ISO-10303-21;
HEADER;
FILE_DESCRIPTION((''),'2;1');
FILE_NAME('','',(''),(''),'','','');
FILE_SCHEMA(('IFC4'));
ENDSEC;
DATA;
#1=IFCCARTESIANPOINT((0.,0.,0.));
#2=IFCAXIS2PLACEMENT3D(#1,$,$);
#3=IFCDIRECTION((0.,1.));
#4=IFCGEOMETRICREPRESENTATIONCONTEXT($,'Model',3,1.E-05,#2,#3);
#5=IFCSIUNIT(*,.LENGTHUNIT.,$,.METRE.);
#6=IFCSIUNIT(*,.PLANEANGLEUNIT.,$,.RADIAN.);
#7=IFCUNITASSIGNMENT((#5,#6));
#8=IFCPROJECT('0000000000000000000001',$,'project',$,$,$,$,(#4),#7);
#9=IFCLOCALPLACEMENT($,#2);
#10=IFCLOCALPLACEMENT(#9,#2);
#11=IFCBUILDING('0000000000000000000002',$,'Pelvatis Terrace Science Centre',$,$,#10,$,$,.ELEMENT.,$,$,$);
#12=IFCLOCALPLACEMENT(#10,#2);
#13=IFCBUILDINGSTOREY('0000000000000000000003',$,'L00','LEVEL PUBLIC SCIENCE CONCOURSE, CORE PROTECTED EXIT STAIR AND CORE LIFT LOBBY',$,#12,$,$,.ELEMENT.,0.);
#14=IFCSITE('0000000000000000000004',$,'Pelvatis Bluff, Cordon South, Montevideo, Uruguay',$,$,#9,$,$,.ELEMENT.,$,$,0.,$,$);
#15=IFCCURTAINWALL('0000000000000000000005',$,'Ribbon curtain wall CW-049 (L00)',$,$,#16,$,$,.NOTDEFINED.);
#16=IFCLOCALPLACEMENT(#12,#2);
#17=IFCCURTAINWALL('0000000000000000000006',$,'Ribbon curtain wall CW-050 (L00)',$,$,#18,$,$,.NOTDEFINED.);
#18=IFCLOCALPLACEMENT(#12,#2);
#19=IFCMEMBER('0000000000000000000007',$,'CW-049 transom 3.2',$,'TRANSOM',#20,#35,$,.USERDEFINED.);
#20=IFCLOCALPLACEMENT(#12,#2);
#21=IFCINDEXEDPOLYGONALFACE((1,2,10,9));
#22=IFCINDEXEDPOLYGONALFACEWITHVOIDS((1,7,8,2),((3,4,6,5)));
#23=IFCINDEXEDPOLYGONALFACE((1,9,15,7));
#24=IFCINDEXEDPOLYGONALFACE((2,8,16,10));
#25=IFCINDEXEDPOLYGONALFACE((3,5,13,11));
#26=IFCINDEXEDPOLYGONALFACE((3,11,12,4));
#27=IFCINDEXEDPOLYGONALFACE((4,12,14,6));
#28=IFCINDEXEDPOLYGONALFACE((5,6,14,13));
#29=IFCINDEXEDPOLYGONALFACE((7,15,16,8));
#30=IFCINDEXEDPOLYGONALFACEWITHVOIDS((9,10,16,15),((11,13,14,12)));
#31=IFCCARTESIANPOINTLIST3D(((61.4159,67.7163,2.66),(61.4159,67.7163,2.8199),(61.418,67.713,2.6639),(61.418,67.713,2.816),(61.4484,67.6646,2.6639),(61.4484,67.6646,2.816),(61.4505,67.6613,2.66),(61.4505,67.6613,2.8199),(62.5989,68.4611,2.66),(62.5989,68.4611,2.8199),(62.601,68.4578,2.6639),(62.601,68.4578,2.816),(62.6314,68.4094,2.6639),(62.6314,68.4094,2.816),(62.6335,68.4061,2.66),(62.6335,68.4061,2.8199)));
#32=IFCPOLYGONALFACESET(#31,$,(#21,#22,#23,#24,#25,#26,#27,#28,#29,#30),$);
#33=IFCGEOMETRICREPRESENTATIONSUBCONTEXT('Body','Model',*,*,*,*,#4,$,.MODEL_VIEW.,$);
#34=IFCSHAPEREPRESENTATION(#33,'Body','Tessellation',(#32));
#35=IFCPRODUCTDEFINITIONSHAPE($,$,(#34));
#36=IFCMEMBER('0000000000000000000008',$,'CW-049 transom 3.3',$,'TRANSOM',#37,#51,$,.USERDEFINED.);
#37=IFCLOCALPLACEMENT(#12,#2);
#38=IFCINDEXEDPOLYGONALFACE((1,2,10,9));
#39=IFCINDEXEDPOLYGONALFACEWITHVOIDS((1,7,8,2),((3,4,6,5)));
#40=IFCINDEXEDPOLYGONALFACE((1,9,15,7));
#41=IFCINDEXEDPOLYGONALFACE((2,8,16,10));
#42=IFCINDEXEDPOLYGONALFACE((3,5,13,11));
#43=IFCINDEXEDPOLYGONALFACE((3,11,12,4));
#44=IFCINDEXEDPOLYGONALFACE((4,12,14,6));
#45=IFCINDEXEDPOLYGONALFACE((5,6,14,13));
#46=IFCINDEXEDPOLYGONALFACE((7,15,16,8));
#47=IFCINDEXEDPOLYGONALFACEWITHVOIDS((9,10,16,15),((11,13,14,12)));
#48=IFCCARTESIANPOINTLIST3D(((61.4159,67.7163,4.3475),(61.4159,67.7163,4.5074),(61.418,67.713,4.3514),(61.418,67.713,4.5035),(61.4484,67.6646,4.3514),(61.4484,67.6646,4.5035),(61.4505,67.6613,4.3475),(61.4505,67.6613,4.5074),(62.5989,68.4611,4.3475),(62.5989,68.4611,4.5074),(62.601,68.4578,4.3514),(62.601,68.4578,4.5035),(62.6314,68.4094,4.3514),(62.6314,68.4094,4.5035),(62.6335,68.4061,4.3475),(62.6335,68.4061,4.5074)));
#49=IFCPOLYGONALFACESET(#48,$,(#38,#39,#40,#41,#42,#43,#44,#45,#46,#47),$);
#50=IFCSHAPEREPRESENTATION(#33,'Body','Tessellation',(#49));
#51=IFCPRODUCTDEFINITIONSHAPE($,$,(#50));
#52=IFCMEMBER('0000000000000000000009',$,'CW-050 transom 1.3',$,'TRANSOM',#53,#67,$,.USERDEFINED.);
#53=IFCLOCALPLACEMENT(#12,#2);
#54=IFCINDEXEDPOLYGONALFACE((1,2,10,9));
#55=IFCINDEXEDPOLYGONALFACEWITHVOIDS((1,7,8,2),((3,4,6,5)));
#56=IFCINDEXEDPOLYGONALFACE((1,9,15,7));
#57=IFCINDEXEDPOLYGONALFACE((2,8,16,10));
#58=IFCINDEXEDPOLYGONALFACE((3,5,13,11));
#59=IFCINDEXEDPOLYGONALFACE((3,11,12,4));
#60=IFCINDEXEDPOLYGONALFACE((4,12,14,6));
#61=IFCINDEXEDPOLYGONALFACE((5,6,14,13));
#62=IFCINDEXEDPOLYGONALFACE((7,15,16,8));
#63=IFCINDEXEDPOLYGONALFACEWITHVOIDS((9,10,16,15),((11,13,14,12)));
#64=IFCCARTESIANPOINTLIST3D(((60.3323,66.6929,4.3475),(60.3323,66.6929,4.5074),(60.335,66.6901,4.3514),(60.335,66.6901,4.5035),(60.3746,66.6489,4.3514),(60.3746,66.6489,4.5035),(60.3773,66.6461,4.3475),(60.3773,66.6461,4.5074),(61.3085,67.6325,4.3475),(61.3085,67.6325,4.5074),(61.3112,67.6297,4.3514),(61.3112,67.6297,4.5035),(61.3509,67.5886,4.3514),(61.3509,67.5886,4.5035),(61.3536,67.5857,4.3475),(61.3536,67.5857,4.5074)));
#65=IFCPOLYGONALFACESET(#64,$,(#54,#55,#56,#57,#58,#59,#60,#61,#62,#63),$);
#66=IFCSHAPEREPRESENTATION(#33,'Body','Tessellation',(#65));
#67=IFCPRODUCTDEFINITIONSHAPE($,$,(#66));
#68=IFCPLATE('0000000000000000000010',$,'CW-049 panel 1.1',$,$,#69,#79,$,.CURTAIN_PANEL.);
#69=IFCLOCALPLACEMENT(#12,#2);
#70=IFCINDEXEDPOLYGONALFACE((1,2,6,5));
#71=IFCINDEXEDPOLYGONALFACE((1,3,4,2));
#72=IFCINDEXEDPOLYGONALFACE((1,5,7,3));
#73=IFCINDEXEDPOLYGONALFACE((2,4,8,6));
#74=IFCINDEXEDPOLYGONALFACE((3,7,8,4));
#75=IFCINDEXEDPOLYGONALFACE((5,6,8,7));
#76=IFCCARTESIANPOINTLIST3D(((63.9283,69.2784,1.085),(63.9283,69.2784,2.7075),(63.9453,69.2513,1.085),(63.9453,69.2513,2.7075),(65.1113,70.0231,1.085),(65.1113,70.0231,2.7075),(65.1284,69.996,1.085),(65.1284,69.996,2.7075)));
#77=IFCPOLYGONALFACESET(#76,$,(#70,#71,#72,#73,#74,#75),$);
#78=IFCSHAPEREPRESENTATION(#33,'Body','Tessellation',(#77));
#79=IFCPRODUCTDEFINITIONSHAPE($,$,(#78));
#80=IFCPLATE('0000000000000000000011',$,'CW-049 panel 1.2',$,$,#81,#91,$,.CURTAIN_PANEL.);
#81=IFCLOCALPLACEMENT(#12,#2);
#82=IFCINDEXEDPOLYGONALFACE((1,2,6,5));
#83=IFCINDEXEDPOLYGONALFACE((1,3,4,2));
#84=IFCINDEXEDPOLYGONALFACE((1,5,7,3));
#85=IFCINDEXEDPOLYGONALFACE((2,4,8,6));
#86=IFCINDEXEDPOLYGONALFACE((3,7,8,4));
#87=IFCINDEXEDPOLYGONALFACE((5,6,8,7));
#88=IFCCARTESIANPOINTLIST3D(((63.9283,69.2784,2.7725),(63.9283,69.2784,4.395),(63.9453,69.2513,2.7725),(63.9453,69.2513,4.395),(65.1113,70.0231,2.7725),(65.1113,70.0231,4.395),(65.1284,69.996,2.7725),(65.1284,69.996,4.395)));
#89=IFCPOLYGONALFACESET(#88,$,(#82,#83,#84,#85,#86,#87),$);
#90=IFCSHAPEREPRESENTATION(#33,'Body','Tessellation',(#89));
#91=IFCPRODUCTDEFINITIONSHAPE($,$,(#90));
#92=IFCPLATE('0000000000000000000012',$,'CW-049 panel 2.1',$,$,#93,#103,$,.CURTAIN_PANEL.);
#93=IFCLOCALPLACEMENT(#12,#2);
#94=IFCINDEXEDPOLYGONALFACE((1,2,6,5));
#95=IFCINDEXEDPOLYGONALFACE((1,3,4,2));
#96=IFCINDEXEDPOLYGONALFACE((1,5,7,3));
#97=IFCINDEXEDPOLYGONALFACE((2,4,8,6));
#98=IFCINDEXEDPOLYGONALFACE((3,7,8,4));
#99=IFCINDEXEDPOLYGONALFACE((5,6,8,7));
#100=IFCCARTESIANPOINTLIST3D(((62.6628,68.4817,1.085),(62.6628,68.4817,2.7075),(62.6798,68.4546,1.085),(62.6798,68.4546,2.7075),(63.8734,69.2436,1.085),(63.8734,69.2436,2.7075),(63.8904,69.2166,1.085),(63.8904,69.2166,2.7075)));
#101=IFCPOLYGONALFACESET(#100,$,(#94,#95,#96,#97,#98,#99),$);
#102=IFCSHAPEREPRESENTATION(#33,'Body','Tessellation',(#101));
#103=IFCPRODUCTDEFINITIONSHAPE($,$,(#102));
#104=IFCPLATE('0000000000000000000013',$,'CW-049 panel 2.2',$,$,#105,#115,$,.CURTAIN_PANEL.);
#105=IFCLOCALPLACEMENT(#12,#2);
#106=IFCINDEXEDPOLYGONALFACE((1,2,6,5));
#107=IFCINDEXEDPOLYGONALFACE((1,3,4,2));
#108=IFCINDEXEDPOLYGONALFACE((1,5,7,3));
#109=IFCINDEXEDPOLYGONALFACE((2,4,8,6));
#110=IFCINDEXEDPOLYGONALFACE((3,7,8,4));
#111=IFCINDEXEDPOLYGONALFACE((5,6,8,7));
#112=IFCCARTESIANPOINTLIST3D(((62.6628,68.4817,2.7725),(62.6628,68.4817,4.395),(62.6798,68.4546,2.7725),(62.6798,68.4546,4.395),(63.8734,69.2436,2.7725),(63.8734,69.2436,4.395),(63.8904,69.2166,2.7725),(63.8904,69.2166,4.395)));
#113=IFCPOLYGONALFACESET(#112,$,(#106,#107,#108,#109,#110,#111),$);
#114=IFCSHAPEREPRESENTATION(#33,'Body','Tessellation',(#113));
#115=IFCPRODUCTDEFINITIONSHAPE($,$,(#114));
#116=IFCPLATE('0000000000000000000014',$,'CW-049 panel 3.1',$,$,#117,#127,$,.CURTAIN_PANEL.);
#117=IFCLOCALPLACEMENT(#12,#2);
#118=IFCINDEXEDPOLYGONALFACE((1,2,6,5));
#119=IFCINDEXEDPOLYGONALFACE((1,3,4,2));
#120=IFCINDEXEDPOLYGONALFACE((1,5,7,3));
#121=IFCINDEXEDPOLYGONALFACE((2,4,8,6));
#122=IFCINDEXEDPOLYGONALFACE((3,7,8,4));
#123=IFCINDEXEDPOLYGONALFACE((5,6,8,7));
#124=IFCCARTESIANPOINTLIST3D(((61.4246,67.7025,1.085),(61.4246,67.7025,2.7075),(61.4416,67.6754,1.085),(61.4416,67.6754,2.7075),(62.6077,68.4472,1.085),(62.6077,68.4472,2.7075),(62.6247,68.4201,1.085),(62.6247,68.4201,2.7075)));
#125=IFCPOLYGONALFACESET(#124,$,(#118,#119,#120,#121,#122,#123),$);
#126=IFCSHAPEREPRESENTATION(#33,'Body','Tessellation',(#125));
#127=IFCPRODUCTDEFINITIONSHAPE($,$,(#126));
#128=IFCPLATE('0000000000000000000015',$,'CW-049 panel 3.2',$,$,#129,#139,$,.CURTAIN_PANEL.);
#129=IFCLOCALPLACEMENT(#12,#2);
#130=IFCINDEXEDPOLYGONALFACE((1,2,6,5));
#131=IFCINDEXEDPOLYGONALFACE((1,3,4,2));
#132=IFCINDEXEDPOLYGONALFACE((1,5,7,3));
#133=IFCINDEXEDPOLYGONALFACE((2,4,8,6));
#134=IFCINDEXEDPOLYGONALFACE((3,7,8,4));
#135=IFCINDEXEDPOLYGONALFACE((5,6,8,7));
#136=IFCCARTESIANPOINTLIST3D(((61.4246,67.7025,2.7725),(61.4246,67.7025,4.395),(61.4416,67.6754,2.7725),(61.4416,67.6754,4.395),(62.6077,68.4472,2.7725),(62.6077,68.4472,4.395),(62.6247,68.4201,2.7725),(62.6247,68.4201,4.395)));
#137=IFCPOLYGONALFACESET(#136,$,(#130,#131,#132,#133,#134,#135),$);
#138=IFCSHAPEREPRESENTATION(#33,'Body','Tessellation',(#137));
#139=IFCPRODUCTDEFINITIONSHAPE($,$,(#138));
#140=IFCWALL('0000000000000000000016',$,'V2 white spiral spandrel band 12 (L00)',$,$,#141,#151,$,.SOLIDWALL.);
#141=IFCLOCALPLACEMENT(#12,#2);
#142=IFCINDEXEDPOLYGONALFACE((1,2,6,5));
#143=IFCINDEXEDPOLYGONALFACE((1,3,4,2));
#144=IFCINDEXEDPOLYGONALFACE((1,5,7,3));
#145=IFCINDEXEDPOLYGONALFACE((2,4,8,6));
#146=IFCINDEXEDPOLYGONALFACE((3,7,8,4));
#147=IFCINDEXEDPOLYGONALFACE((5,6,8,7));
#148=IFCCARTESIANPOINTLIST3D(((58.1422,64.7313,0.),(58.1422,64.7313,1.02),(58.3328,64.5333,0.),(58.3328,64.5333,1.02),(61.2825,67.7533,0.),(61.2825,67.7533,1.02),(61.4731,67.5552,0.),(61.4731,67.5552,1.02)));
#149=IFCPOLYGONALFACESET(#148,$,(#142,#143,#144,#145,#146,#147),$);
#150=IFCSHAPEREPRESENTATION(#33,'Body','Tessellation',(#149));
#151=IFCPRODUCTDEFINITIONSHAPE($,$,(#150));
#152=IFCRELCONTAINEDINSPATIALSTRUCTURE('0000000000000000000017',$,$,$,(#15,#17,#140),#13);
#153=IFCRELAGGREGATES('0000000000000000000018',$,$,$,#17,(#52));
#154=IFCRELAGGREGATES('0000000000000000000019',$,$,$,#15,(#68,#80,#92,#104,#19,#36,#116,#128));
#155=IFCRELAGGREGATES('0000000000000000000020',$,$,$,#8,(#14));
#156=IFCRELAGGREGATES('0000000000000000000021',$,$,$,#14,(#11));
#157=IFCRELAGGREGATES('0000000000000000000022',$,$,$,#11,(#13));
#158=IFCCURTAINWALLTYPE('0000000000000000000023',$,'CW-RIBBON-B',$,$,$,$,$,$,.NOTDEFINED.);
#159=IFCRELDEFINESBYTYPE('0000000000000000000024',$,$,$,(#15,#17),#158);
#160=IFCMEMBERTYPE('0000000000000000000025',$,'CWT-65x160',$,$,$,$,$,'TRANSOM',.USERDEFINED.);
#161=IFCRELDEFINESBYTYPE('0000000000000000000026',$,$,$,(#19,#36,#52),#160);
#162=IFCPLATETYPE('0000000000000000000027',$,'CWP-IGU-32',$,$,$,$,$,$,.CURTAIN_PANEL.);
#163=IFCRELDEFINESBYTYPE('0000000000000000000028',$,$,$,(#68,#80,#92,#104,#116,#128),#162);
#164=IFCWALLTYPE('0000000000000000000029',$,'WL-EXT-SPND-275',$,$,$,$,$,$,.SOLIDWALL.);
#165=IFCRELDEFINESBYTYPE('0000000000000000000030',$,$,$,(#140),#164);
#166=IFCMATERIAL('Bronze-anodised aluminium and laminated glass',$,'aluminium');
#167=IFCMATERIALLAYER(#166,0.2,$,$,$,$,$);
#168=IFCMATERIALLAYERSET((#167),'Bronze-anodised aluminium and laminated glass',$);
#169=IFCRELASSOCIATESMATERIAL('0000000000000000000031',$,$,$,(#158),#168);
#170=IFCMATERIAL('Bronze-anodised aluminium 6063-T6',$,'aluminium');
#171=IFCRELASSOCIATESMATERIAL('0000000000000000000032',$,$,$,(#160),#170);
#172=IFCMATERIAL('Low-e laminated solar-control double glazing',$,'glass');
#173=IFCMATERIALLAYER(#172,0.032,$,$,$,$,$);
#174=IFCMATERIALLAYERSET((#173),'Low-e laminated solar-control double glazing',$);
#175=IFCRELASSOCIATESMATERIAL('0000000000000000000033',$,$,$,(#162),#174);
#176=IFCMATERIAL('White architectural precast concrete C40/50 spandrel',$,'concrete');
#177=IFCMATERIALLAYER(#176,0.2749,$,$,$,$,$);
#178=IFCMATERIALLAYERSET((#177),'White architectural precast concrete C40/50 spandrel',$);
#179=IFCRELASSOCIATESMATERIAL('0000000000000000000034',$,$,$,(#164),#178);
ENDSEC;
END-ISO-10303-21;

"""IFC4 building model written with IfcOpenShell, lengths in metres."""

from ifc_helpers import new_model, si_unit, direction, frame, frame_2d, origin, origin_2d, place, context, subcontext, project, spatial, rectangle, hollow_rectangle, extrude, material, layer, layer_set, material_profile, profile_set, type_object, element, aggregate, save


model = new_model("IFC4")

# Units and contexts
model_context = context("Model", 3, precision=1e-05, world=origin(), true_north=direction((0.0, 1.0)))
body_context = subcontext(model_context, "Body", "Model", "MODEL_VIEW")
ifc_project = project(units=[si_unit("LENGTHUNIT", "METRE"), si_unit("PLANEANGLEUNIT", "RADIAN")], contexts=[model_context])

# Site, building, storey
site_placement = place(None, origin())
site = spatial("IfcSite", under=ifc_project, at=site_placement, Name="Pelvatis Bluff, Cordon South, Montevideo, Uruguay", CompositionType="ELEMENT", RefElevation=0.0)
building_placement = place(site_placement, origin())
building = spatial("IfcBuilding", under=site, at=building_placement, Name="Pelvatis Terrace Science Centre", CompositionType="ELEMENT")
storey_placement = place(building_placement, origin())
storey = spatial("IfcBuildingStorey", under=building, at=storey_placement, Name="L00", Description="LEVEL PUBLIC SCIENCE CONCOURSE, CORE PROTECTED EXIT STAIR AND CORE LIFT LOBBY", CompositionType="ELEMENT", Elevation=0.0)

# Curtain wall
ifc_material_1 = material(Name="Bronze-anodised aluminium and laminated glass", Category="aluminium")
ifc_layer_1 = layer(ifc_material_1, 0.2)
ifc_layer_set_1 = layer_set([ifc_layer_1], Name="Bronze-anodised aluminium and laminated glass")
curtain_wall_type = type_object("IfcCurtainWallType", Name="CW-RIBBON-B", PredefinedType="NOTDEFINED", material=ifc_layer_set_1)
curtain_wall_1_placement = place(storey_placement, origin())
curtain_wall_1 = element("IfcCurtainWall", 1, at=curtain_wall_1_placement, inside=storey, type_object=curtain_wall_type, Name="Ribbon curtain wall CW-049 (L00)", PredefinedType="NOTDEFINED")

# Curtain wall
curtain_wall_2_placement = place(storey_placement, origin())
curtain_wall_2 = element("IfcCurtainWall", 2, at=curtain_wall_2_placement, inside=storey, type_object=curtain_wall_type, Name="Ribbon curtain wall CW-050 (L00)", PredefinedType="NOTDEFINED")

# Members
ifc_material_2 = material(Name="Bronze-anodised aluminium 6063-T6", Category="aluminium")
ifc_material_profile_1 = material_profile(ifc_material_2, hollow_rectangle(XDim=0.0649, YDim=0.1599, WallThickness=0.0039, at=origin_2d()), Name="ALU-TRN 65x160")
ifc_profile_set_1 = profile_set([ifc_material_profile_1], Name="Bronze-anodised aluminium 6063-T6")
member_type_1 = type_object("IfcMemberType", Name="CWT-65x160", ElementType="TRANSOM", PredefinedType="USERDEFINED", material=ifc_profile_set_1)
member_1_placement = place(storey_placement, frame((62.6162, 68.4336, 2.74), z_axis=(-0.846247, -0.53279, 0.0), x_axis=(0.53279, -0.846247, 0.0)))
member_1 = element("IfcMember", 3, at=member_1_placement, type_object=member_type_1, Name="CW-049 transom 3.2", ObjectType="TRANSOM", PredefinedType="USERDEFINED", context=body_context, shape_type="SweptSolid", body=[
    extrude(hollow_rectangle(XDim=0.0649, YDim=0.1599, WallThickness=0.0039, at=origin_2d()), origin(), (0.0, 0.0, 1.0), 1.3979),
])
member_2_placement = place(storey_placement, frame((62.6162, 68.4336, 4.4275), z_axis=(-0.846247, -0.53279, 0.0), x_axis=(0.53279, -0.846247, 0.0)))
member_2 = element("IfcMember", 4, at=member_2_placement, type_object=member_type_1, Name="CW-049 transom 3.3", ObjectType="TRANSOM", PredefinedType="USERDEFINED", context=body_context, shape_type="SweptSolid", body=[
    extrude(hollow_rectangle(XDim=0.0649, YDim=0.1599, WallThickness=0.0039, at=origin_2d()), origin(), (0.0, 0.0, 1.0), 1.3979),
])
member_3_placement = place(storey_placement, frame((61.3311, 67.6091, 4.4275), z_axis=(-0.72049, -0.693465, 0.0), x_axis=(0.693465, -0.72049, 0.0)))
member_3 = element("IfcMember", 5, at=member_3_placement, type_object=member_type_1, Name="CW-050 transom 1.3", ObjectType="TRANSOM", PredefinedType="USERDEFINED", context=body_context, shape_type="SweptSolid", body=[
    extrude(hollow_rectangle(XDim=0.0649, YDim=0.1599, WallThickness=0.0039, at=origin_2d()), origin(), (0.0, 0.0, 1.0), 1.355),
])
aggregate(curtain_wall_2, [member_3])

# Plates
ifc_material_3 = material(Name="Low-e laminated solar-control double glazing", Category="glass")
ifc_layer_2 = layer(ifc_material_3, 0.032)
ifc_layer_set_2 = layer_set([ifc_layer_2], Name="Low-e laminated solar-control double glazing")
plate_type = type_object("IfcPlateType", Name="CWP-IGU-32", PredefinedType="CURTAIN_PANEL", material=ifc_layer_set_2)
plate_1_placement = place(storey_placement, frame((64.5283, 69.6372, 1.085), z_axis=(0.0, 0.0, 1.0), x_axis=(-0.846304, -0.532701, 0.0)))
plate_1 = element("IfcPlate", 6, at=plate_1_placement, type_object=plate_type, Name="CW-049 panel 1.1", PredefinedType="CURTAIN_PANEL", context=body_context, shape_type="SweptSolid", body=[
    extrude(rectangle(XDim=1.3979, YDim=0.032, at=origin_2d()), origin(), (0.0, 0.0, 1.0), 1.6226),
])
plate_2_placement = place(storey_placement, frame((64.5283, 69.6372, 2.7725), z_axis=(0.0, 0.0, 1.0), x_axis=(-0.846304, -0.532701, 0.0)))
plate_2 = element("IfcPlate", 7, at=plate_2_placement, type_object=plate_type, Name="CW-049 panel 1.2", PredefinedType="CURTAIN_PANEL", context=body_context, shape_type="SweptSolid", body=[
    extrude(rectangle(XDim=1.3979, YDim=0.032, at=origin_2d()), origin(), (0.0, 0.0, 1.0), 1.6226),
])
plate_3_placement = place(storey_placement, frame((63.2766, 68.8491, 1.085), z_axis=(0.0, 0.0, 1.0), x_axis=(-0.846304, -0.532701, 0.0)))
plate_3 = element("IfcPlate", 8, at=plate_3_placement, type_object=plate_type, Name="CW-049 panel 2.1", PredefinedType="CURTAIN_PANEL", context=body_context, shape_type="SweptSolid", body=[
    extrude(rectangle(XDim=1.4304, YDim=0.032, at=origin_2d()), origin(), (0.0, 0.0, 1.0), 1.6226),
])
plate_4_placement = place(storey_placement, frame((63.2766, 68.8491, 2.7725), z_axis=(0.0, 0.0, 1.0), x_axis=(-0.846304, -0.532701, 0.0)))
plate_4 = element("IfcPlate", 9, at=plate_4_placement, type_object=plate_type, Name="CW-049 panel 2.2", PredefinedType="CURTAIN_PANEL", context=body_context, shape_type="SweptSolid", body=[
    extrude(rectangle(XDim=1.4304, YDim=0.032, at=origin_2d()), origin(), (0.0, 0.0, 1.0), 1.6226),
])
plate_5_placement = place(storey_placement, frame((62.0247, 68.0613, 1.085), z_axis=(0.0, 0.0, 1.0), x_axis=(-0.846304, -0.532701, 0.0)))
plate_5 = element("IfcPlate", 10, at=plate_5_placement, type_object=plate_type, Name="CW-049 panel 3.1", PredefinedType="CURTAIN_PANEL", context=body_context, shape_type="SweptSolid", body=[
    extrude(rectangle(XDim=1.3979, YDim=0.032, at=origin_2d()), origin(), (0.0, 0.0, 1.0), 1.6226),
])
plate_6_placement = place(storey_placement, frame((62.0247, 68.0613, 2.7725), z_axis=(0.0, 0.0, 1.0), x_axis=(-0.846304, -0.532701, 0.0)))
plate_6 = element("IfcPlate", 11, at=plate_6_placement, type_object=plate_type, Name="CW-049 panel 3.2", PredefinedType="CURTAIN_PANEL", context=body_context, shape_type="SweptSolid", body=[
    extrude(rectangle(XDim=1.3979, YDim=0.032, at=origin_2d()), origin(), (0.0, 0.0, 1.0), 1.6226),
])
aggregate(curtain_wall_1, [plate_1, plate_2, plate_3, plate_4, member_1, member_2, plate_5, plate_6])

# Wall
ifc_material_4 = material(Name="White architectural precast concrete C40/50 spandrel", Category="concrete")
ifc_layer_3 = layer(ifc_material_4, 0.2749)
ifc_layer_set_3 = layer_set([ifc_layer_3], Name="White architectural precast concrete C40/50 spandrel")
wall_type = type_object("IfcWallType", Name="WL-EXT-SPND-275", PredefinedType="SOLIDWALL", material=ifc_layer_set_3)
wall_placement = place(storey_placement, frame((61.3779, 67.6543, 0.0), z_axis=(0.0, 0.0, 1.0), x_axis=(-0.720561, -0.693392, 0.0)))
element("IfcWall", 12, at=wall_placement, inside=storey, type_object=wall_type, Name="V2 white spiral spandrel band 12 (L00)", PredefinedType="SOLIDWALL", context=body_context, shape_type="SweptSolid", body=[
    extrude(rectangle(XDim=4.3582, YDim=0.2749, at=frame_2d((2.1792, 0.0))), origin(), (0.0, 0.0, 1.0), 1.02),
])

save(model, "model.ifc")
